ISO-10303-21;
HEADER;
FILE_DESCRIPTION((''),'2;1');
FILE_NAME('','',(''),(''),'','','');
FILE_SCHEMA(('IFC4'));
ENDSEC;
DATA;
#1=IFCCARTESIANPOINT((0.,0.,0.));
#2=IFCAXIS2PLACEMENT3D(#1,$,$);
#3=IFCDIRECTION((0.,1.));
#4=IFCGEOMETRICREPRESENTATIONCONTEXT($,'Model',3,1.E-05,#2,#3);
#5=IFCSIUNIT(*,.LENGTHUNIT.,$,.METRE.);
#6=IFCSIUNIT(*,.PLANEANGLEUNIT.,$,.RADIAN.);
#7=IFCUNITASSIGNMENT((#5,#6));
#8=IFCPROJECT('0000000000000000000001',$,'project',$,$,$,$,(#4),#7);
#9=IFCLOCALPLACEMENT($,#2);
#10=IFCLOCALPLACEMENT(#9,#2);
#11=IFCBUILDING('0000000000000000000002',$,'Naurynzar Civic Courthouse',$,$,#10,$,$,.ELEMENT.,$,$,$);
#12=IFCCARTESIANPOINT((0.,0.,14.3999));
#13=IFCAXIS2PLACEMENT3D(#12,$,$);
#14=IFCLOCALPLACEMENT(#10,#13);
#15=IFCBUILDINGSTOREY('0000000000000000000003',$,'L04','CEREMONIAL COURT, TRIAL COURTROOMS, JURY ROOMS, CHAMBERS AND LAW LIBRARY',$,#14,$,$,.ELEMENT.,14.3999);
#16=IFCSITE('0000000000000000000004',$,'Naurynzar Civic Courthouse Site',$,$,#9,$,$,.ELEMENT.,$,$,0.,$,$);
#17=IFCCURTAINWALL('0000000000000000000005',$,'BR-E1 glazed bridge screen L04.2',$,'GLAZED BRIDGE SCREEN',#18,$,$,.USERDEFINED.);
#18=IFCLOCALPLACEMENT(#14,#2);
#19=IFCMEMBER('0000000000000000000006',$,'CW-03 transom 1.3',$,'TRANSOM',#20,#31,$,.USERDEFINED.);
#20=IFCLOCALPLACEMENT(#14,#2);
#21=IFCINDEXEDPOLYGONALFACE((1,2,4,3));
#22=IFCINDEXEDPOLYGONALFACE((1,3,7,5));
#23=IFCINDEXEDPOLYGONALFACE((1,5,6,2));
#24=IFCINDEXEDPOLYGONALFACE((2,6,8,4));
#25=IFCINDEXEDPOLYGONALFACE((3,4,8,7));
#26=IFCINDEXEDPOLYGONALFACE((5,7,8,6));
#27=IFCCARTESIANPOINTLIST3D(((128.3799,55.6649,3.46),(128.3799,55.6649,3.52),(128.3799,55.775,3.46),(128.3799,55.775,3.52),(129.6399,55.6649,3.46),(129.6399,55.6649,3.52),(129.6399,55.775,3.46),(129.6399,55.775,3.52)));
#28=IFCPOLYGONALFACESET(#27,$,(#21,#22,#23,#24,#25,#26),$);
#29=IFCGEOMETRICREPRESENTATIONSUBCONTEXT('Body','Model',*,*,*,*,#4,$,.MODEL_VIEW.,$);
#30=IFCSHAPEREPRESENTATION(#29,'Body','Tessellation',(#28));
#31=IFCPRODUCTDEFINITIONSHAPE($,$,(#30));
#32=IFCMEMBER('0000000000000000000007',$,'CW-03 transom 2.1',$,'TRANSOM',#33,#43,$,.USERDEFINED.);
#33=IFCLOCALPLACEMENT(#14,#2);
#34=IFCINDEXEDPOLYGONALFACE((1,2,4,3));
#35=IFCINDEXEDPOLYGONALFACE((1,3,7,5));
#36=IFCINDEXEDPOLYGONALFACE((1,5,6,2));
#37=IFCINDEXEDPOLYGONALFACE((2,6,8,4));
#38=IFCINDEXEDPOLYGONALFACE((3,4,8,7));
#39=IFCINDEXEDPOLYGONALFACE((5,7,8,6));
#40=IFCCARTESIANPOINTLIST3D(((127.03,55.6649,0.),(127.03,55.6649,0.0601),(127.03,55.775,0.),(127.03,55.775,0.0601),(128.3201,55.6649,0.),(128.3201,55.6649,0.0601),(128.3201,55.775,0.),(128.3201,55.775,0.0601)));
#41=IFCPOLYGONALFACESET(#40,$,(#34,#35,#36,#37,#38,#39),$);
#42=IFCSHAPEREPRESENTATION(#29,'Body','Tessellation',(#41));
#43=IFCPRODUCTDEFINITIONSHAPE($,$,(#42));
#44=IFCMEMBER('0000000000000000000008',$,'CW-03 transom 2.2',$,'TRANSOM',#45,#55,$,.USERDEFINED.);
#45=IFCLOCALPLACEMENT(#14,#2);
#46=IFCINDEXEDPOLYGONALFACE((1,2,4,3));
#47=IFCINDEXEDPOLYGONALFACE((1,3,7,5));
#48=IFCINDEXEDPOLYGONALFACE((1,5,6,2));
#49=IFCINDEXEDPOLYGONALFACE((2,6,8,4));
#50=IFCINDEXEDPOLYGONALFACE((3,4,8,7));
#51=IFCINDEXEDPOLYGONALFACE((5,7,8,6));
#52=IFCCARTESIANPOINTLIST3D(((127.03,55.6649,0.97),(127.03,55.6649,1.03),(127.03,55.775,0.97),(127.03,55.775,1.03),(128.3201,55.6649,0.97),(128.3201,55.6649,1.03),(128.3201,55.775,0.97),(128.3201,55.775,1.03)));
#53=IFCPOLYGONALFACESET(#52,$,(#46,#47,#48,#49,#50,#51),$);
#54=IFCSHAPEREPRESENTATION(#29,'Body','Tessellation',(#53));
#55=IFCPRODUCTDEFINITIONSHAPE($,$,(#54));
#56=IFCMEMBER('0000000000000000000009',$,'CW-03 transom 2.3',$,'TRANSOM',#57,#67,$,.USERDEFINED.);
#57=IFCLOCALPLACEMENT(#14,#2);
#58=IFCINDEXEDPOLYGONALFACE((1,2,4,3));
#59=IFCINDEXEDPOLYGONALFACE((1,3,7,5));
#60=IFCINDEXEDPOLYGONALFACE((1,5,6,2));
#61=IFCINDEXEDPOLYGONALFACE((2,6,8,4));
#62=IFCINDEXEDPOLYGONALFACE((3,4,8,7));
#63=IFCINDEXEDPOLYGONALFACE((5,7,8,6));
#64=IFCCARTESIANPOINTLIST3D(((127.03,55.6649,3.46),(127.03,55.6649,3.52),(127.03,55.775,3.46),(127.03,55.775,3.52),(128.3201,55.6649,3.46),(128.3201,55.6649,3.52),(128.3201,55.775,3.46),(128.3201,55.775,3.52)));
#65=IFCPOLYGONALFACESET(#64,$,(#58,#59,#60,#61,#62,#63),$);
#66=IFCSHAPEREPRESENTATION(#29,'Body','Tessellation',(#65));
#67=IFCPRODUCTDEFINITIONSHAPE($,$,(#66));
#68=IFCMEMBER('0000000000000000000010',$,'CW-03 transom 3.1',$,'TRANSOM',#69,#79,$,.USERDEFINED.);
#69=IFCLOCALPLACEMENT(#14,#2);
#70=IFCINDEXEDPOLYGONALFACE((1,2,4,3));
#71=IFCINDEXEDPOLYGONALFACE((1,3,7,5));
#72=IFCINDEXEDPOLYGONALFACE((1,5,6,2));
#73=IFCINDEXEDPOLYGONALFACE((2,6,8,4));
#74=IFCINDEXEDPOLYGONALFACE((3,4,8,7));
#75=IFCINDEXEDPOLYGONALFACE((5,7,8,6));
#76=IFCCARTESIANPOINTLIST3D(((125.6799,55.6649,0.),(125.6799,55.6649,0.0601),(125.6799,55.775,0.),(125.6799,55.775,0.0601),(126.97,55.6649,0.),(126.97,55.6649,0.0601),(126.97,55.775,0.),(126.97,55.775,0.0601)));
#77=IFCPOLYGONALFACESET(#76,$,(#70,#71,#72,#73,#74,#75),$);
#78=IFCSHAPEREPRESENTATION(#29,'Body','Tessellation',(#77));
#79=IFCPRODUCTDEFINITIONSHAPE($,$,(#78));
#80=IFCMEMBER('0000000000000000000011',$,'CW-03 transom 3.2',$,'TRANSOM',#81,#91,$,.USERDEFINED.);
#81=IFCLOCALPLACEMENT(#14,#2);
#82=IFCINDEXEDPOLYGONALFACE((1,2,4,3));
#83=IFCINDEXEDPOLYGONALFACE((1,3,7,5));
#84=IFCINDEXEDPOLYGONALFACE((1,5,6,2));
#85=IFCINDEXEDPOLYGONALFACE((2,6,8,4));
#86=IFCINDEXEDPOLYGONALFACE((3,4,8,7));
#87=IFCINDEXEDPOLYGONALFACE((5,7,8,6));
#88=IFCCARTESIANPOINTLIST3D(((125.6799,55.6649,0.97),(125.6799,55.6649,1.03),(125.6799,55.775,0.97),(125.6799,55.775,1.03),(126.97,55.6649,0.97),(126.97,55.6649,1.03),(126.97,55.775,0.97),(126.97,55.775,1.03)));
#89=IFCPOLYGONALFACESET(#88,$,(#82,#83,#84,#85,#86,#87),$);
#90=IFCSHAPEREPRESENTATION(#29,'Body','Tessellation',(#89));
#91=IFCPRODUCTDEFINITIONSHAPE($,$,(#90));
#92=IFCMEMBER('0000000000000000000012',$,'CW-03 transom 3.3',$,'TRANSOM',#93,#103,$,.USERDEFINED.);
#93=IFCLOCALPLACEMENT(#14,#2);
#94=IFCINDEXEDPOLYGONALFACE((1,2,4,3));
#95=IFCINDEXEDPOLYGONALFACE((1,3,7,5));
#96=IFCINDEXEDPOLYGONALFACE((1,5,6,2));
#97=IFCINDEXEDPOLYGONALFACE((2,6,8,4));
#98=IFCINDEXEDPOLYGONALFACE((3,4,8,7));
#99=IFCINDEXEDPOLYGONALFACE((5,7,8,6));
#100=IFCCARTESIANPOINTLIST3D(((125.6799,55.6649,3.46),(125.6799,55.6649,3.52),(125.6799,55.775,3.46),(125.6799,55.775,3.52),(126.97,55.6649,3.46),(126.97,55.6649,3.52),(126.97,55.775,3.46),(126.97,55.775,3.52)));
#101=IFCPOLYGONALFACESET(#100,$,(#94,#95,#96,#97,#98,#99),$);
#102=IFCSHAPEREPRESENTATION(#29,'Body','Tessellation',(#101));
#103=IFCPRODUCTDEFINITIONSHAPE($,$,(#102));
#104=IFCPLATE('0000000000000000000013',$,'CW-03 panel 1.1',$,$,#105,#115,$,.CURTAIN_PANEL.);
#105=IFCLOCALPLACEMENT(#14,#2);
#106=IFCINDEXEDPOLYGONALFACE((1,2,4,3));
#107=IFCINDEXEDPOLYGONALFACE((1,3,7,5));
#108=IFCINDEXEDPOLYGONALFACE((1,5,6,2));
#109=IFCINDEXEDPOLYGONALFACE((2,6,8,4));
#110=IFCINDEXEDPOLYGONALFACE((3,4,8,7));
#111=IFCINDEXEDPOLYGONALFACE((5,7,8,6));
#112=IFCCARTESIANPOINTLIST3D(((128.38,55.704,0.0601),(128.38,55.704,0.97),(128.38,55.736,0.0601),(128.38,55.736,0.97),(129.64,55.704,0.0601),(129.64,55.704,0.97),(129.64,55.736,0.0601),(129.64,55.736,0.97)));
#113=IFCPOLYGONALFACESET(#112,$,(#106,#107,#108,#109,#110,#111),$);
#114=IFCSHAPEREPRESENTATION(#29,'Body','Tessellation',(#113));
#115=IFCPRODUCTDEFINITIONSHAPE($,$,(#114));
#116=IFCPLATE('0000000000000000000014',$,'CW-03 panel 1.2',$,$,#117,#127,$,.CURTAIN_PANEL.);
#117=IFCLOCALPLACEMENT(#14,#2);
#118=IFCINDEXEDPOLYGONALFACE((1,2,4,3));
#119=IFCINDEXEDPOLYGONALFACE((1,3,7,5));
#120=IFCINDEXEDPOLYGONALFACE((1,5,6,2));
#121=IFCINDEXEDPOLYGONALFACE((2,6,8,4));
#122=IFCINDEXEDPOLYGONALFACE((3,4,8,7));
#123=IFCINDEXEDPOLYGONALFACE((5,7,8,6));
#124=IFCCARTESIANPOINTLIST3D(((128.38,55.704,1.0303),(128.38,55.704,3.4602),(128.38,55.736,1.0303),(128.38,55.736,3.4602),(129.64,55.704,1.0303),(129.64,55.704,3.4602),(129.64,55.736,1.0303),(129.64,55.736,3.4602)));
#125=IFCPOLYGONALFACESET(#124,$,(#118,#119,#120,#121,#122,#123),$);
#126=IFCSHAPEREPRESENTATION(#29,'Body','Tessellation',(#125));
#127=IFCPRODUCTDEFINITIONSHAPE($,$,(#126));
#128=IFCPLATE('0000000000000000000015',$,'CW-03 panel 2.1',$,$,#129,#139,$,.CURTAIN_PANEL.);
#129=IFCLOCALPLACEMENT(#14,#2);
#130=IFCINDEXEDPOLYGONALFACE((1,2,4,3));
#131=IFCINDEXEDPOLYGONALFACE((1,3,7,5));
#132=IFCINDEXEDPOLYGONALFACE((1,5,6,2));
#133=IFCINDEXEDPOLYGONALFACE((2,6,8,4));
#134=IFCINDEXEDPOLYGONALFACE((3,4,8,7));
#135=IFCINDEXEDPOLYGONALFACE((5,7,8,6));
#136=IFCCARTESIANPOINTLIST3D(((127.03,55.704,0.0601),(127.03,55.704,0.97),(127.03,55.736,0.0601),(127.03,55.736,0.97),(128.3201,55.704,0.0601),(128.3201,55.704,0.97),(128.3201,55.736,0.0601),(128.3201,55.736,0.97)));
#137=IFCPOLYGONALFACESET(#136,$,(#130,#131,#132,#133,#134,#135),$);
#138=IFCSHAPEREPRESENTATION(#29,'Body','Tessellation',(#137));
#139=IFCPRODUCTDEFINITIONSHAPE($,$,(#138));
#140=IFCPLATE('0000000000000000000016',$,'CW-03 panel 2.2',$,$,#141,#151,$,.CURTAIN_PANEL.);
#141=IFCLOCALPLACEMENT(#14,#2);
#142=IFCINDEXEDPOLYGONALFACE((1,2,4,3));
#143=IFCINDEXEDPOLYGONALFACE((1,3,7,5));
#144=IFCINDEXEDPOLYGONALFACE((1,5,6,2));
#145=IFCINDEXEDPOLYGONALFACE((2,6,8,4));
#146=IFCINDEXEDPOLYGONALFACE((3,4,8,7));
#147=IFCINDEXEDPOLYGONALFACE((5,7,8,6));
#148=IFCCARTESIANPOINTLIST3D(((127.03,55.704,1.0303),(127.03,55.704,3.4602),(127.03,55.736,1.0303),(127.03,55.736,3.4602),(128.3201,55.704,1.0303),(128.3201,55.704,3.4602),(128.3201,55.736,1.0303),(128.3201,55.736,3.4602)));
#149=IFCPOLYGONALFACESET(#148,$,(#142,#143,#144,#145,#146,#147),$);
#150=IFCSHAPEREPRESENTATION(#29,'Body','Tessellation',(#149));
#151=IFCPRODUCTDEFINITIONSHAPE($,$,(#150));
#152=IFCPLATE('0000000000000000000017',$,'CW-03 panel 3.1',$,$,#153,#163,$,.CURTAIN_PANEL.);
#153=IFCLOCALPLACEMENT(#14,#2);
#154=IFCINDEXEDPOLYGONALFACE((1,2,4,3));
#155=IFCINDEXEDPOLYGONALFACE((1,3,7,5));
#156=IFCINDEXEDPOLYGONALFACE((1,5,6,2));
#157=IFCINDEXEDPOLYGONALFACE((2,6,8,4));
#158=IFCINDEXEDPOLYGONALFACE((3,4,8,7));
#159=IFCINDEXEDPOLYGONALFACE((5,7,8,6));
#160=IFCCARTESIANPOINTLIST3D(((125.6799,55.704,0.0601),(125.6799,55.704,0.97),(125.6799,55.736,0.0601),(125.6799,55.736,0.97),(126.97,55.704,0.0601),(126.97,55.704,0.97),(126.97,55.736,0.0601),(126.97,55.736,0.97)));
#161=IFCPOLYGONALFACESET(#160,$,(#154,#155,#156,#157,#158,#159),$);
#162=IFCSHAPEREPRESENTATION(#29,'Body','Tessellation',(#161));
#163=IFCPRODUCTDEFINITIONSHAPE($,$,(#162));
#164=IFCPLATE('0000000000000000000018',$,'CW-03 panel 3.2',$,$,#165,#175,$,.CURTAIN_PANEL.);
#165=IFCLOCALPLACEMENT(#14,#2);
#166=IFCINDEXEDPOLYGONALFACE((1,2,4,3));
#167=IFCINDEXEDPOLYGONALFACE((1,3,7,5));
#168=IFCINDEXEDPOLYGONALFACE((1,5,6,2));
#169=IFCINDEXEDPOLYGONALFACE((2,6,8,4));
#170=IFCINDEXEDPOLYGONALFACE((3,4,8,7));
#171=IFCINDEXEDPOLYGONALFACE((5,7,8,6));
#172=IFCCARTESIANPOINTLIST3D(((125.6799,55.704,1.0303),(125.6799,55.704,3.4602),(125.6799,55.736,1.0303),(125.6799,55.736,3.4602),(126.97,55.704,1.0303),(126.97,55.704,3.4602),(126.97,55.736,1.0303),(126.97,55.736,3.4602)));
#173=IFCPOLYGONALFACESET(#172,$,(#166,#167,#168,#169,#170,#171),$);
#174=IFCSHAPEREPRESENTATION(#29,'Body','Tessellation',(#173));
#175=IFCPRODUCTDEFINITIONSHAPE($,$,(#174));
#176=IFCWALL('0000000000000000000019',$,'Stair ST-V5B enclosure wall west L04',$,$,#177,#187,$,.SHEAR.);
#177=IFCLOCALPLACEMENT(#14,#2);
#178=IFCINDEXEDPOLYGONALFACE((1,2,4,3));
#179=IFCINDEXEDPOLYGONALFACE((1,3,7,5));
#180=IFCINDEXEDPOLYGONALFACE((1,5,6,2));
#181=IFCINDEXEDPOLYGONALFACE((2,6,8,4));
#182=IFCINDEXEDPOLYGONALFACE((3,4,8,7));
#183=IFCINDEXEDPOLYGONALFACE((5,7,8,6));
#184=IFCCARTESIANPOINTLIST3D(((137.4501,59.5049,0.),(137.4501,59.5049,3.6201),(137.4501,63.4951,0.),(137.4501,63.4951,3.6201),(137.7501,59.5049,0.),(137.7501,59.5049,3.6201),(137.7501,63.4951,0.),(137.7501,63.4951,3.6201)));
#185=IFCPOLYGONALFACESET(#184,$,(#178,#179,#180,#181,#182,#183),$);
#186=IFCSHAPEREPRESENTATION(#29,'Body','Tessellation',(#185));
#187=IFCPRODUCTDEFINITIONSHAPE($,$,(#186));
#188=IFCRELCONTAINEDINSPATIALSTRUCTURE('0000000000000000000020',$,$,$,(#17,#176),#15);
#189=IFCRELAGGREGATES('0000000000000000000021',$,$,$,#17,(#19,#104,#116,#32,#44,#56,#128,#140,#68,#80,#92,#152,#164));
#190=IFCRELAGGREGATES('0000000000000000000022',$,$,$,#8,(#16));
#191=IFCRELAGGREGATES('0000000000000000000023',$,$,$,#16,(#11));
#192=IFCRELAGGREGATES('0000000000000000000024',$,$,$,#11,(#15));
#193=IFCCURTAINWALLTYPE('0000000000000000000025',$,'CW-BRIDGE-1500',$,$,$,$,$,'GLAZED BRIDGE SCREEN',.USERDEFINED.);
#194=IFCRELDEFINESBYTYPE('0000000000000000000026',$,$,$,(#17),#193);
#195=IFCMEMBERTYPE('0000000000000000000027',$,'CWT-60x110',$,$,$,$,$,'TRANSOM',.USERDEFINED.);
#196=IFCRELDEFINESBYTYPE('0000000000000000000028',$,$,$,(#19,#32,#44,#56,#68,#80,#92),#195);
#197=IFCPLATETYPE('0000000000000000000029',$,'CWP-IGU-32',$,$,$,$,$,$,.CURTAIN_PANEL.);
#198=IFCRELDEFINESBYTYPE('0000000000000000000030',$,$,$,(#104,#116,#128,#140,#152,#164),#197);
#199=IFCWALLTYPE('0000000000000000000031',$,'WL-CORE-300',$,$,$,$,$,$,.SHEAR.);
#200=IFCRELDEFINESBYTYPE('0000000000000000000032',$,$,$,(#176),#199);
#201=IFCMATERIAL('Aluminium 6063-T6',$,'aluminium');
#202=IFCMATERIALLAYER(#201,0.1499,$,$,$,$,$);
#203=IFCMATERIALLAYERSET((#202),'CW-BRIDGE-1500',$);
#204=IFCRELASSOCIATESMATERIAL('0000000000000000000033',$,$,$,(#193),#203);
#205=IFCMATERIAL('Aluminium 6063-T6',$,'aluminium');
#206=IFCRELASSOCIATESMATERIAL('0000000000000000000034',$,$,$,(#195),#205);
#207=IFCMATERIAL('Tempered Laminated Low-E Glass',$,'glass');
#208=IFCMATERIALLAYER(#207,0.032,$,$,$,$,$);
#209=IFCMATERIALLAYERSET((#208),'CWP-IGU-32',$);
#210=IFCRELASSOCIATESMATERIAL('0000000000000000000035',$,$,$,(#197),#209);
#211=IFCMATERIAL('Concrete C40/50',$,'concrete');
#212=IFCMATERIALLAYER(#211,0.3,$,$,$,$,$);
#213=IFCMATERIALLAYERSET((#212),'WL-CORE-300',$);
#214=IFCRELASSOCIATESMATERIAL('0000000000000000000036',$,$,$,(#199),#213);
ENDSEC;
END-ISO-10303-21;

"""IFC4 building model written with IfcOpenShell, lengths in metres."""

from ifc_helpers import new_model, si_unit, direction, frame, frame_2d, origin, origin_2d, place, context, subcontext, project, spatial, rectangle, extrude, material, layer, layer_set, material_profile, profile_set, type_object, element, aggregate, save


model = new_model("IFC4")

# Units and contexts
model_context = context("Model", 3, precision=1e-05, world=origin(), true_north=direction((0.0, 1.0)))
body_context = subcontext(model_context, "Body", "Model", "MODEL_VIEW")
ifc_project = project(units=[si_unit("LENGTHUNIT", "METRE"), si_unit("PLANEANGLEUNIT", "RADIAN")], contexts=[model_context])

# Site, building, storey
site_placement = place(None, origin())
site = spatial("IfcSite", under=ifc_project, at=site_placement, Name="Naurynzar Civic Courthouse Site", CompositionType="ELEMENT", RefElevation=0.0)
building_placement = place(site_placement, origin())
building = spatial("IfcBuilding", under=site, at=building_placement, Name="Naurynzar Civic Courthouse", CompositionType="ELEMENT")
storey_placement = place(building_placement, frame((0.0, 0.0, 14.3999)))
storey = spatial("IfcBuildingStorey", under=building, at=storey_placement, Name="L04", Description="CEREMONIAL COURT, TRIAL COURTROOMS, JURY ROOMS, CHAMBERS AND LAW LIBRARY", CompositionType="ELEMENT", Elevation=14.3999)

# Curtain wall, members, plates
ifc_material_1 = material(Name="Aluminium 6063-T6", Category="aluminium")
ifc_layer_1 = layer(ifc_material_1, 0.1499)
ifc_layer_set_1 = layer_set([ifc_layer_1], Name="CW-BRIDGE-1500")
curtain_wall_type = type_object("IfcCurtainWallType", Name="CW-BRIDGE-1500", ElementType="GLAZED BRIDGE SCREEN", PredefinedType="USERDEFINED", material=ifc_layer_set_1)
curtain_wall_placement = place(storey_placement, origin())
curtain_wall = element("IfcCurtainWall", 1, at=curtain_wall_placement, inside=storey, type_object=curtain_wall_type, Name="BR-E1 glazed bridge screen L04.2", ObjectType="GLAZED BRIDGE SCREEN", PredefinedType="USERDEFINED")
ifc_material_2 = material(Name="Aluminium 6063-T6", Category="aluminium")
ifc_material_profile_1 = material_profile(ifc_material_2, rectangle(XDim=0.1101, YDim=0.0601, at=origin_2d()), Name="ALU TRANSOM 60x110")
ifc_profile_set_1 = profile_set([ifc_material_profile_1], Name="Aluminium 6063-T6")
member_type_1 = type_object("IfcMemberType", Name="CWT-60x110", ElementType="TRANSOM", PredefinedType="USERDEFINED", material=ifc_profile_set_1)
member_1_placement = place(storey_placement, frame((129.6399, 55.72, 3.49), z_axis=(-1.0, 0.0, 0.0), x_axis=(0.0, -1.0, 0.0)))
member_1 = element("IfcMember", 2, at=member_1_placement, type_object=member_type_1, Name="CW-03 transom 1.3", ObjectType="TRANSOM", PredefinedType="USERDEFINED", context=body_context, shape_type="SweptSolid", body=[
    extrude(rectangle(XDim=0.1101, YDim=0.0601, at=origin_2d()), origin(), (0.0, 0.0, 1.0), 1.26),
])
member_2_placement = place(storey_placement, frame((128.3201, 55.72, 0.03), z_axis=(-1.0, 0.0, 0.0), x_axis=(0.0, -1.0, 0.0)))
member_2 = element("IfcMember", 3, at=member_2_placement, type_object=member_type_1, Name="CW-03 transom 2.1", ObjectType="TRANSOM", PredefinedType="USERDEFINED", context=body_context, shape_type="SweptSolid", body=[
    extrude(rectangle(XDim=0.1101, YDim=0.0601, at=origin_2d()), origin(), (0.0, 0.0, 1.0), 1.29),
])
member_3_placement = place(storey_placement, frame((128.3201, 55.72, 1.0), z_axis=(-1.0, 0.0, 0.0), x_axis=(0.0, -1.0, 0.0)))
member_3 = element("IfcMember", 4, at=member_3_placement, type_object=member_type_1, Name="CW-03 transom 2.2", ObjectType="TRANSOM", PredefinedType="USERDEFINED", context=body_context, shape_type="SweptSolid", body=[
    extrude(rectangle(XDim=0.1101, YDim=0.0601, at=origin_2d()), origin(), (0.0, 0.0, 1.0), 1.29),
])
member_4_placement = place(storey_placement, frame((128.3201, 55.72, 3.49), z_axis=(-1.0, 0.0, 0.0), x_axis=(0.0, -1.0, 0.0)))
member_4 = element("IfcMember", 5, at=member_4_placement, type_object=member_type_1, Name="CW-03 transom 2.3", ObjectType="TRANSOM", PredefinedType="USERDEFINED", context=body_context, shape_type="SweptSolid", body=[
    extrude(rectangle(XDim=0.1101, YDim=0.0601, at=origin_2d()), origin(), (0.0, 0.0, 1.0), 1.29),
])
member_5_placement = place(storey_placement, frame((126.97, 55.72, 0.03), z_axis=(-1.0, 0.0, 0.0), x_axis=(0.0, -1.0, 0.0)))
member_5 = element("IfcMember", 6, at=member_5_placement, type_object=member_type_1, Name="CW-03 transom 3.1", ObjectType="TRANSOM", PredefinedType="USERDEFINED", context=body_context, shape_type="SweptSolid", body=[
    extrude(rectangle(XDim=0.1101, YDim=0.0601, at=origin_2d()), origin(), (0.0, 0.0, 1.0), 1.29),
])
member_6_placement = place(storey_placement, frame((126.97, 55.72, 1.0), z_axis=(-1.0, 0.0, 0.0), x_axis=(0.0, -1.0, 0.0)))
member_6 = element("IfcMember", 7, at=member_6_placement, type_object=member_type_1, Name="CW-03 transom 3.2", ObjectType="TRANSOM", PredefinedType="USERDEFINED", context=body_context, shape_type="SweptSolid", body=[
    extrude(rectangle(XDim=0.1101, YDim=0.0601, at=origin_2d()), origin(), (0.0, 0.0, 1.0), 1.29),
])
member_7_placement = place(storey_placement, frame((126.97, 55.72, 3.49), z_axis=(-1.0, 0.0, 0.0), x_axis=(0.0, -1.0, 0.0)))
member_7 = element("IfcMember", 8, at=member_7_placement, type_object=member_type_1, Name="CW-03 transom 3.3", ObjectType="TRANSOM", PredefinedType="USERDEFINED", context=body_context, shape_type="SweptSolid", body=[
    extrude(rectangle(XDim=0.1101, YDim=0.0601, at=origin_2d()), origin(), (0.0, 0.0, 1.0), 1.29),
])
ifc_material_3 = material(Name="Tempered Laminated Low-E Glass", Category="glass")
ifc_layer_2 = layer(ifc_material_3, 0.032)
ifc_layer_set_2 = layer_set([ifc_layer_2], Name="CWP-IGU-32")
plate_type = type_object("IfcPlateType", Name="CWP-IGU-32", PredefinedType="CURTAIN_PANEL", material=ifc_layer_set_2)
plate_1_placement = place(storey_placement, frame((129.01, 55.72, 0.0601), z_axis=(0.0, 0.0, 1.0), x_axis=(-1.0, 0.0, 0.0)))
plate_1 = element("IfcPlate", 9, at=plate_1_placement, type_object=plate_type, Name="CW-03 panel 1.1", PredefinedType="CURTAIN_PANEL", context=body_context, shape_type="SweptSolid", body=[
    extrude(rectangle(XDim=1.26, YDim=0.032, at=origin_2d()), origin(), (0.0, 0.0, 1.0), 0.9099),
])
plate_2_placement = place(storey_placement, frame((129.01, 55.72, 1.0303), z_axis=(0.0, 0.0, 1.0), x_axis=(-1.0, 0.0, 0.0)))
plate_2 = element("IfcPlate", 10, at=plate_2_placement, type_object=plate_type, Name="CW-03 panel 1.2", PredefinedType="CURTAIN_PANEL", context=body_context, shape_type="SweptSolid", body=[
    extrude(rectangle(XDim=1.26, YDim=0.032, at=origin_2d()), origin(), (0.0, 0.0, 1.0), 2.4299),
])
plate_3_placement = place(storey_placement, frame((127.675, 55.72, 0.0601), z_axis=(0.0, 0.0, 1.0), x_axis=(-1.0, 0.0, 0.0)))
plate_3 = element("IfcPlate", 11, at=plate_3_placement, type_object=plate_type, Name="CW-03 panel 2.1", PredefinedType="CURTAIN_PANEL", context=body_context, shape_type="SweptSolid", body=[
    extrude(rectangle(XDim=1.29, YDim=0.032, at=origin_2d()), origin(), (0.0, 0.0, 1.0), 0.9099),
])
plate_4_placement = place(storey_placement, frame((127.675, 55.72, 1.0303), z_axis=(0.0, 0.0, 1.0), x_axis=(-1.0, 0.0, 0.0)))
plate_4 = element("IfcPlate", 12, at=plate_4_placement, type_object=plate_type, Name="CW-03 panel 2.2", PredefinedType="CURTAIN_PANEL", context=body_context, shape_type="SweptSolid", body=[
    extrude(rectangle(XDim=1.29, YDim=0.032, at=origin_2d()), origin(), (0.0, 0.0, 1.0), 2.4299),
])
plate_5_placement = place(storey_placement, frame((126.325, 55.72, 0.0601), z_axis=(0.0, 0.0, 1.0), x_axis=(-1.0, 0.0, 0.0)))
plate_5 = element("IfcPlate", 13, at=plate_5_placement, type_object=plate_type, Name="CW-03 panel 3.1", PredefinedType="CURTAIN_PANEL", context=body_context, shape_type="SweptSolid", body=[
    extrude(rectangle(XDim=1.29, YDim=0.032, at=origin_2d()), origin(), (0.0, 0.0, 1.0), 0.9099),
])
plate_6_placement = place(storey_placement, frame((126.325, 55.72, 1.0303), z_axis=(0.0, 0.0, 1.0), x_axis=(-1.0, 0.0, 0.0)))
plate_6 = element("IfcPlate", 14, at=plate_6_placement, type_object=plate_type, Name="CW-03 panel 3.2", PredefinedType="CURTAIN_PANEL", context=body_context, shape_type="SweptSolid", body=[
    extrude(rectangle(XDim=1.29, YDim=0.032, at=origin_2d()), origin(), (0.0, 0.0, 1.0), 2.4299),
])
aggregate(curtain_wall, [member_1, plate_1, plate_2, member_2, member_3, member_4, plate_3, plate_4, member_5, member_6, member_7, plate_5, plate_6])

# Shared definitions
ifc_material_4 = material(Name="Concrete C40/50", Category="concrete")
ifc_layer_3 = layer(ifc_material_4, 0.3)
ifc_layer_set_3 = layer_set([ifc_layer_3], Name="WL-CORE-300")
wall_type_1 = type_object("IfcWallType", Name="WL-CORE-300", PredefinedType="SHEAR", material=ifc_layer_set_3)

# Wall
wall_1_placement = place(storey_placement, frame((137.6001, 63.4951, 0.0), z_axis=(0.0, 0.0, 1.0), x_axis=(0.0, -1.0, 0.0)))
element("IfcWall", 15, at=wall_1_placement, inside=storey, type_object=wall_type_1, Name="Stair ST-V5B enclosure wall west L04", PredefinedType="SHEAR", context=body_context, shape_type="SweptSolid", body=[
    extrude(rectangle(XDim=3.9902, YDim=0.3, at=frame_2d((1.9951, 0.0))), origin(), (0.0, 0.0, 1.0), 3.6201),
])

save(model, "model.ifc")
